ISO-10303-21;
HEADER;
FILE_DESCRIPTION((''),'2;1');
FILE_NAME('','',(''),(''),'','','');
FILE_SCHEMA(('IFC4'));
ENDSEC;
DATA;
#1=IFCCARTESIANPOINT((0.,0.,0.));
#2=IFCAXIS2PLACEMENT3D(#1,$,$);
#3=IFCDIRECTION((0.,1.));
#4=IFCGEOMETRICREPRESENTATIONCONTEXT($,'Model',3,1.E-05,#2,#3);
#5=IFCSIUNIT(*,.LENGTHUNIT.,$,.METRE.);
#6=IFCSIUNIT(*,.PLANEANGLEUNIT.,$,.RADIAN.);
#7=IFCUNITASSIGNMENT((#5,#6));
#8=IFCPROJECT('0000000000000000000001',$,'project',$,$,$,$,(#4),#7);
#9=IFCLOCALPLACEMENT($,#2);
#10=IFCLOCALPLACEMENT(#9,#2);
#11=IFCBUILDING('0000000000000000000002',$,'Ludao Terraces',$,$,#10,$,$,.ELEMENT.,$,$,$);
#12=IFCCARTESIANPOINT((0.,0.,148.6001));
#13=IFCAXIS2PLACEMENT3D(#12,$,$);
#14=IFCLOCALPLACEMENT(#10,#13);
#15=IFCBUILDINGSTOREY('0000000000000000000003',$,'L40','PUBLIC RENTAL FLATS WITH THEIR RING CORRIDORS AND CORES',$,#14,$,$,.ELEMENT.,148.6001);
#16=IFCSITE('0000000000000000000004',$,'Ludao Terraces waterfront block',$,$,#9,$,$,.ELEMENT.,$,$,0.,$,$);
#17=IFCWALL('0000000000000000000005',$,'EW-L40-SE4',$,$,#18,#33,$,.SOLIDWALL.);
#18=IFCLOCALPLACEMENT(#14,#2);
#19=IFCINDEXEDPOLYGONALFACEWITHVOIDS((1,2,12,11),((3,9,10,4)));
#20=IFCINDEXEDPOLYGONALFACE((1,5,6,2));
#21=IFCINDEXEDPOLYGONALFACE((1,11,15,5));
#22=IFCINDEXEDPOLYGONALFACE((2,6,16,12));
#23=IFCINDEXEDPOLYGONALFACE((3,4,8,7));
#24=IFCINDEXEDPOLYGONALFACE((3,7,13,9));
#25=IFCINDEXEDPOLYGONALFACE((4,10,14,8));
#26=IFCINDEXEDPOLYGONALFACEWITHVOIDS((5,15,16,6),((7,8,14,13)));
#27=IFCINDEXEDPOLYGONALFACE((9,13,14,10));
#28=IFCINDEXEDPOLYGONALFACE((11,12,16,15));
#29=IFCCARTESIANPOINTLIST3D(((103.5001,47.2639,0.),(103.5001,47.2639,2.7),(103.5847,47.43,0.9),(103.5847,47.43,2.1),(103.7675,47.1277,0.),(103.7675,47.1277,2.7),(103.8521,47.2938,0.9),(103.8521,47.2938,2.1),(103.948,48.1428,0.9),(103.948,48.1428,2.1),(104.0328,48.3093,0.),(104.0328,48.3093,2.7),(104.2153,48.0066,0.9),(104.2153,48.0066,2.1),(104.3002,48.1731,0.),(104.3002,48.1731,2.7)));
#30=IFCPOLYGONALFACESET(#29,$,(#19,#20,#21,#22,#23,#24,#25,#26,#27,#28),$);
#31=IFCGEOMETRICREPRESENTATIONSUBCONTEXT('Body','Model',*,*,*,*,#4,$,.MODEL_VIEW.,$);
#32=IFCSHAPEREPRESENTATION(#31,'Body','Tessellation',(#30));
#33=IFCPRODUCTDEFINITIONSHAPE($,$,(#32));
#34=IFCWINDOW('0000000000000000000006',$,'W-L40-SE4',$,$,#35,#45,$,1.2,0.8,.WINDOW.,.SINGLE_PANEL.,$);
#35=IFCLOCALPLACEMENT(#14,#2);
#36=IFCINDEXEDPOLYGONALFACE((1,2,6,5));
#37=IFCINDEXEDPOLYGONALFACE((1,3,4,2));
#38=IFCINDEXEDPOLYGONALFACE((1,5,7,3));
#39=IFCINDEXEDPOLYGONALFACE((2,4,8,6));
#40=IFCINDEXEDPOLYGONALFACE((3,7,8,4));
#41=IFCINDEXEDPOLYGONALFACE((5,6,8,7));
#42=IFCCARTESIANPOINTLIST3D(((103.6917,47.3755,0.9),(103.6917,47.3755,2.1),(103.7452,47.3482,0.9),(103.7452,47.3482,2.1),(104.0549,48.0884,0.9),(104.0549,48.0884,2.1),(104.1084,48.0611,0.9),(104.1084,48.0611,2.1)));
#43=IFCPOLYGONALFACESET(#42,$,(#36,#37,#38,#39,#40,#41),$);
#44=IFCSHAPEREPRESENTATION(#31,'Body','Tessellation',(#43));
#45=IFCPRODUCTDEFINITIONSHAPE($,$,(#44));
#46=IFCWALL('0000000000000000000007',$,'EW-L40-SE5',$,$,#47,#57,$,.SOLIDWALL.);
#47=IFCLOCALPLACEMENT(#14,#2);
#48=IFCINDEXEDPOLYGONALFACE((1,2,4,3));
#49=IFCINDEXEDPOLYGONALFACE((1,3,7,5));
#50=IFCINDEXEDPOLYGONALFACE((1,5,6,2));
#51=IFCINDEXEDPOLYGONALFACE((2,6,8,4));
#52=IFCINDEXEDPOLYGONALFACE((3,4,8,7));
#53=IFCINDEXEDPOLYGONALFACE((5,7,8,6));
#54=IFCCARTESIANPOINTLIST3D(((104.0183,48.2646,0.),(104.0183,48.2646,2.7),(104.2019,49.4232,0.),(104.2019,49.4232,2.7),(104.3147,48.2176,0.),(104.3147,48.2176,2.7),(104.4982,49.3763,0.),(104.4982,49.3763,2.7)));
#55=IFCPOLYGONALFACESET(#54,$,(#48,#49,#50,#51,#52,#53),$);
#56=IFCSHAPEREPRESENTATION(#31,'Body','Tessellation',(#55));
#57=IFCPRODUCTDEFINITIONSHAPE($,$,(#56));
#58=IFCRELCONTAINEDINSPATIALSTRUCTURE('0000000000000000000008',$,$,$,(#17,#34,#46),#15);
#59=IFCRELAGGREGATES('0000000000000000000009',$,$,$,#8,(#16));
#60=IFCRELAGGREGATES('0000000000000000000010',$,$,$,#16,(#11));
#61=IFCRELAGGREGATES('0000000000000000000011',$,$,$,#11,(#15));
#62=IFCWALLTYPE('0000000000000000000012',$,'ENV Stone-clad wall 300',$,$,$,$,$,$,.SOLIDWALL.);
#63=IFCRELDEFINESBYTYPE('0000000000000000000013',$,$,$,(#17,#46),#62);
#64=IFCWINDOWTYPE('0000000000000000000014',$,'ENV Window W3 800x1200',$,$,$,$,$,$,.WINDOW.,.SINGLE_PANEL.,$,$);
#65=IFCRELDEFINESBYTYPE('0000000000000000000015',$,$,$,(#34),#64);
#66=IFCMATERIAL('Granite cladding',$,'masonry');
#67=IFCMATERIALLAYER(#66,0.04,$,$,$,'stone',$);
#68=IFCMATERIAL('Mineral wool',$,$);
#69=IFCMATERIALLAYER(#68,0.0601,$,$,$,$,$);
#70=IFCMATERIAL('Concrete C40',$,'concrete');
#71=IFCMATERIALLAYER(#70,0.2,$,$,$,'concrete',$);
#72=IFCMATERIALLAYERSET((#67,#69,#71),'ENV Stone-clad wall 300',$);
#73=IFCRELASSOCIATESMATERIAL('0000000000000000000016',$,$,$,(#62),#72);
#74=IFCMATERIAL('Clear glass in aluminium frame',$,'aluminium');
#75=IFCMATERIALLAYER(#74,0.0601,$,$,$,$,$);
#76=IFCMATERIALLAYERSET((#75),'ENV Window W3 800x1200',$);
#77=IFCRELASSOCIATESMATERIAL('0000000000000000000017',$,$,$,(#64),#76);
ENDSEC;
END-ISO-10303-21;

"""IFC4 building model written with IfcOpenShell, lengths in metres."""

from ifc_helpers import new_model, si_unit, direction, frame, frame_2d, origin, place, context, subcontext, project, spatial, rectangle, extrude, material, layer, layer_set, type_object, element, fill, save


model = new_model("IFC4")

# Units and contexts
model_context = context("Model", 3, precision=1e-05, world=origin(), true_north=direction((0.0, 1.0)))
body_context = subcontext(model_context, "Body", "Model", "MODEL_VIEW")
ifc_project = project(units=[si_unit("LENGTHUNIT", "METRE"), si_unit("PLANEANGLEUNIT", "RADIAN")], contexts=[model_context])

# Site, building, storey
site_placement = place(None, origin())
site = spatial("IfcSite", under=ifc_project, at=site_placement, Name="Ludao Terraces waterfront block", CompositionType="ELEMENT", RefElevation=0.0)
building_placement = place(site_placement, origin())
building = spatial("IfcBuilding", under=site, at=building_placement, Name="Ludao Terraces", CompositionType="ELEMENT")
storey_placement = place(building_placement, frame((0.0, 0.0, 148.6001)))
storey = spatial("IfcBuildingStorey", under=building, at=storey_placement, Name="L40", Description="PUBLIC RENTAL FLATS WITH THEIR RING CORRIDORS AND CORES", CompositionType="ELEMENT", Elevation=148.6001)

# Shared definitions
ifc_material_1 = material(Name="Concrete C40", Category="concrete")

# Wall, opening, window
ifc_material_2 = material(Name="Granite cladding", Category="masonry")
ifc_layer_1 = layer(ifc_material_2, 0.04, Category="stone")
ifc_material_3 = material(Name="Mineral wool")
ifc_layer_2 = layer(ifc_material_3, 0.0601)
ifc_layer_3 = layer(ifc_material_1, 0.2, Category="concrete")
ifc_layer_set_1 = layer_set([ifc_layer_1, ifc_layer_2, ifc_layer_3], Name="ENV Stone-clad wall 300")
wall_type_1 = type_object("IfcWallType", Name="ENV Stone-clad wall 300", PredefinedType="SOLIDWALL", material=ifc_layer_set_1)
ifc_material_4 = material(Name="Clear glass in aluminium frame", Category="aluminium")
ifc_layer_4 = layer(ifc_material_4, 0.0601)
ifc_layer_set_2 = layer_set([ifc_layer_4], Name="ENV Window W3 800x1200")
window_type_1 = type_object("IfcWindowType", Name="ENV Window W3 800x1200", PartitioningType="SINGLE_PANEL", PredefinedType="WINDOW", material=ifc_layer_set_2)
wall_1_placement = place(storey_placement, frame((103.6338, 47.1958, 0.0), z_axis=(0.0, 0.0, 1.0), x_axis=(0.454026, 0.890989, 0.0)))
wall_1 = element("IfcWall", 1, at=wall_1_placement, inside=storey, type_object=wall_type_1, Name="EW-L40-SE4", PredefinedType="SOLIDWALL", context=body_context, shape_type="SweptSolid", body=[
    extrude(rectangle(XDim=1.1733, YDim=0.3, at=frame_2d((0.5867, 0.0))), origin(), (0.0, 0.0, 1.0), 2.7),
])
opening_1_placement = place(wall_1_placement, frame((0.1865, 0.0, 0.8999)))
opening_1 = element("IfcOpeningElement", 2, at=opening_1_placement, cuts=wall_1, PredefinedType="OPENING", context=body_context, shape_type="SweptSolid", body=[
    extrude(rectangle(XDim=0.8, YDim=1.2, at=frame_2d((0.3999, 0.6001))), frame((0.0, 0.1602, 0.0), z_axis=(0.0, -1.0, 0.0), x_axis=(1.0, 0.0, 0.0)), (0.0, 0.0, 1.0), 0.3201),
])
window_1_placement = place(opening_1_placement, origin())
window_1 = element("IfcWindow", 3, at=window_1_placement, inside=storey, type_object=window_type_1, Name="W-L40-SE4", OverallHeight=1.2, OverallWidth=0.8, PartitioningType="SINGLE_PANEL", PredefinedType="WINDOW", context=body_context, shape_type="SweptSolid", body=[
    extrude(rectangle(XDim=0.8, YDim=1.2, at=frame_2d((0.3999, 0.6001))), frame((0.0, 0.03, 0.0), z_axis=(0.0, -1.0, 0.0), x_axis=(1.0, 0.0, 0.0)), (0.0, 0.0, 1.0), 0.0601),
])
fill(opening_1, window_1)

# Wall
wall_2_placement = place(storey_placement, frame((104.1665, 48.2412, 0.0), z_axis=(0.0, 0.0, 1.0), x_axis=(0.156497, 0.987678, 0.0)))
element("IfcWall", 4, at=wall_2_placement, inside=storey, type_object=wall_type_1, Name="EW-L40-SE5", PredefinedType="SOLIDWALL", context=body_context, shape_type="SweptSolid", body=[
    extrude(rectangle(XDim=1.1731, YDim=0.3, at=frame_2d((0.5864, 0.0))), origin(), (0.0, 0.0, 1.0), 2.7),
])

save(model, "model.ifc")
